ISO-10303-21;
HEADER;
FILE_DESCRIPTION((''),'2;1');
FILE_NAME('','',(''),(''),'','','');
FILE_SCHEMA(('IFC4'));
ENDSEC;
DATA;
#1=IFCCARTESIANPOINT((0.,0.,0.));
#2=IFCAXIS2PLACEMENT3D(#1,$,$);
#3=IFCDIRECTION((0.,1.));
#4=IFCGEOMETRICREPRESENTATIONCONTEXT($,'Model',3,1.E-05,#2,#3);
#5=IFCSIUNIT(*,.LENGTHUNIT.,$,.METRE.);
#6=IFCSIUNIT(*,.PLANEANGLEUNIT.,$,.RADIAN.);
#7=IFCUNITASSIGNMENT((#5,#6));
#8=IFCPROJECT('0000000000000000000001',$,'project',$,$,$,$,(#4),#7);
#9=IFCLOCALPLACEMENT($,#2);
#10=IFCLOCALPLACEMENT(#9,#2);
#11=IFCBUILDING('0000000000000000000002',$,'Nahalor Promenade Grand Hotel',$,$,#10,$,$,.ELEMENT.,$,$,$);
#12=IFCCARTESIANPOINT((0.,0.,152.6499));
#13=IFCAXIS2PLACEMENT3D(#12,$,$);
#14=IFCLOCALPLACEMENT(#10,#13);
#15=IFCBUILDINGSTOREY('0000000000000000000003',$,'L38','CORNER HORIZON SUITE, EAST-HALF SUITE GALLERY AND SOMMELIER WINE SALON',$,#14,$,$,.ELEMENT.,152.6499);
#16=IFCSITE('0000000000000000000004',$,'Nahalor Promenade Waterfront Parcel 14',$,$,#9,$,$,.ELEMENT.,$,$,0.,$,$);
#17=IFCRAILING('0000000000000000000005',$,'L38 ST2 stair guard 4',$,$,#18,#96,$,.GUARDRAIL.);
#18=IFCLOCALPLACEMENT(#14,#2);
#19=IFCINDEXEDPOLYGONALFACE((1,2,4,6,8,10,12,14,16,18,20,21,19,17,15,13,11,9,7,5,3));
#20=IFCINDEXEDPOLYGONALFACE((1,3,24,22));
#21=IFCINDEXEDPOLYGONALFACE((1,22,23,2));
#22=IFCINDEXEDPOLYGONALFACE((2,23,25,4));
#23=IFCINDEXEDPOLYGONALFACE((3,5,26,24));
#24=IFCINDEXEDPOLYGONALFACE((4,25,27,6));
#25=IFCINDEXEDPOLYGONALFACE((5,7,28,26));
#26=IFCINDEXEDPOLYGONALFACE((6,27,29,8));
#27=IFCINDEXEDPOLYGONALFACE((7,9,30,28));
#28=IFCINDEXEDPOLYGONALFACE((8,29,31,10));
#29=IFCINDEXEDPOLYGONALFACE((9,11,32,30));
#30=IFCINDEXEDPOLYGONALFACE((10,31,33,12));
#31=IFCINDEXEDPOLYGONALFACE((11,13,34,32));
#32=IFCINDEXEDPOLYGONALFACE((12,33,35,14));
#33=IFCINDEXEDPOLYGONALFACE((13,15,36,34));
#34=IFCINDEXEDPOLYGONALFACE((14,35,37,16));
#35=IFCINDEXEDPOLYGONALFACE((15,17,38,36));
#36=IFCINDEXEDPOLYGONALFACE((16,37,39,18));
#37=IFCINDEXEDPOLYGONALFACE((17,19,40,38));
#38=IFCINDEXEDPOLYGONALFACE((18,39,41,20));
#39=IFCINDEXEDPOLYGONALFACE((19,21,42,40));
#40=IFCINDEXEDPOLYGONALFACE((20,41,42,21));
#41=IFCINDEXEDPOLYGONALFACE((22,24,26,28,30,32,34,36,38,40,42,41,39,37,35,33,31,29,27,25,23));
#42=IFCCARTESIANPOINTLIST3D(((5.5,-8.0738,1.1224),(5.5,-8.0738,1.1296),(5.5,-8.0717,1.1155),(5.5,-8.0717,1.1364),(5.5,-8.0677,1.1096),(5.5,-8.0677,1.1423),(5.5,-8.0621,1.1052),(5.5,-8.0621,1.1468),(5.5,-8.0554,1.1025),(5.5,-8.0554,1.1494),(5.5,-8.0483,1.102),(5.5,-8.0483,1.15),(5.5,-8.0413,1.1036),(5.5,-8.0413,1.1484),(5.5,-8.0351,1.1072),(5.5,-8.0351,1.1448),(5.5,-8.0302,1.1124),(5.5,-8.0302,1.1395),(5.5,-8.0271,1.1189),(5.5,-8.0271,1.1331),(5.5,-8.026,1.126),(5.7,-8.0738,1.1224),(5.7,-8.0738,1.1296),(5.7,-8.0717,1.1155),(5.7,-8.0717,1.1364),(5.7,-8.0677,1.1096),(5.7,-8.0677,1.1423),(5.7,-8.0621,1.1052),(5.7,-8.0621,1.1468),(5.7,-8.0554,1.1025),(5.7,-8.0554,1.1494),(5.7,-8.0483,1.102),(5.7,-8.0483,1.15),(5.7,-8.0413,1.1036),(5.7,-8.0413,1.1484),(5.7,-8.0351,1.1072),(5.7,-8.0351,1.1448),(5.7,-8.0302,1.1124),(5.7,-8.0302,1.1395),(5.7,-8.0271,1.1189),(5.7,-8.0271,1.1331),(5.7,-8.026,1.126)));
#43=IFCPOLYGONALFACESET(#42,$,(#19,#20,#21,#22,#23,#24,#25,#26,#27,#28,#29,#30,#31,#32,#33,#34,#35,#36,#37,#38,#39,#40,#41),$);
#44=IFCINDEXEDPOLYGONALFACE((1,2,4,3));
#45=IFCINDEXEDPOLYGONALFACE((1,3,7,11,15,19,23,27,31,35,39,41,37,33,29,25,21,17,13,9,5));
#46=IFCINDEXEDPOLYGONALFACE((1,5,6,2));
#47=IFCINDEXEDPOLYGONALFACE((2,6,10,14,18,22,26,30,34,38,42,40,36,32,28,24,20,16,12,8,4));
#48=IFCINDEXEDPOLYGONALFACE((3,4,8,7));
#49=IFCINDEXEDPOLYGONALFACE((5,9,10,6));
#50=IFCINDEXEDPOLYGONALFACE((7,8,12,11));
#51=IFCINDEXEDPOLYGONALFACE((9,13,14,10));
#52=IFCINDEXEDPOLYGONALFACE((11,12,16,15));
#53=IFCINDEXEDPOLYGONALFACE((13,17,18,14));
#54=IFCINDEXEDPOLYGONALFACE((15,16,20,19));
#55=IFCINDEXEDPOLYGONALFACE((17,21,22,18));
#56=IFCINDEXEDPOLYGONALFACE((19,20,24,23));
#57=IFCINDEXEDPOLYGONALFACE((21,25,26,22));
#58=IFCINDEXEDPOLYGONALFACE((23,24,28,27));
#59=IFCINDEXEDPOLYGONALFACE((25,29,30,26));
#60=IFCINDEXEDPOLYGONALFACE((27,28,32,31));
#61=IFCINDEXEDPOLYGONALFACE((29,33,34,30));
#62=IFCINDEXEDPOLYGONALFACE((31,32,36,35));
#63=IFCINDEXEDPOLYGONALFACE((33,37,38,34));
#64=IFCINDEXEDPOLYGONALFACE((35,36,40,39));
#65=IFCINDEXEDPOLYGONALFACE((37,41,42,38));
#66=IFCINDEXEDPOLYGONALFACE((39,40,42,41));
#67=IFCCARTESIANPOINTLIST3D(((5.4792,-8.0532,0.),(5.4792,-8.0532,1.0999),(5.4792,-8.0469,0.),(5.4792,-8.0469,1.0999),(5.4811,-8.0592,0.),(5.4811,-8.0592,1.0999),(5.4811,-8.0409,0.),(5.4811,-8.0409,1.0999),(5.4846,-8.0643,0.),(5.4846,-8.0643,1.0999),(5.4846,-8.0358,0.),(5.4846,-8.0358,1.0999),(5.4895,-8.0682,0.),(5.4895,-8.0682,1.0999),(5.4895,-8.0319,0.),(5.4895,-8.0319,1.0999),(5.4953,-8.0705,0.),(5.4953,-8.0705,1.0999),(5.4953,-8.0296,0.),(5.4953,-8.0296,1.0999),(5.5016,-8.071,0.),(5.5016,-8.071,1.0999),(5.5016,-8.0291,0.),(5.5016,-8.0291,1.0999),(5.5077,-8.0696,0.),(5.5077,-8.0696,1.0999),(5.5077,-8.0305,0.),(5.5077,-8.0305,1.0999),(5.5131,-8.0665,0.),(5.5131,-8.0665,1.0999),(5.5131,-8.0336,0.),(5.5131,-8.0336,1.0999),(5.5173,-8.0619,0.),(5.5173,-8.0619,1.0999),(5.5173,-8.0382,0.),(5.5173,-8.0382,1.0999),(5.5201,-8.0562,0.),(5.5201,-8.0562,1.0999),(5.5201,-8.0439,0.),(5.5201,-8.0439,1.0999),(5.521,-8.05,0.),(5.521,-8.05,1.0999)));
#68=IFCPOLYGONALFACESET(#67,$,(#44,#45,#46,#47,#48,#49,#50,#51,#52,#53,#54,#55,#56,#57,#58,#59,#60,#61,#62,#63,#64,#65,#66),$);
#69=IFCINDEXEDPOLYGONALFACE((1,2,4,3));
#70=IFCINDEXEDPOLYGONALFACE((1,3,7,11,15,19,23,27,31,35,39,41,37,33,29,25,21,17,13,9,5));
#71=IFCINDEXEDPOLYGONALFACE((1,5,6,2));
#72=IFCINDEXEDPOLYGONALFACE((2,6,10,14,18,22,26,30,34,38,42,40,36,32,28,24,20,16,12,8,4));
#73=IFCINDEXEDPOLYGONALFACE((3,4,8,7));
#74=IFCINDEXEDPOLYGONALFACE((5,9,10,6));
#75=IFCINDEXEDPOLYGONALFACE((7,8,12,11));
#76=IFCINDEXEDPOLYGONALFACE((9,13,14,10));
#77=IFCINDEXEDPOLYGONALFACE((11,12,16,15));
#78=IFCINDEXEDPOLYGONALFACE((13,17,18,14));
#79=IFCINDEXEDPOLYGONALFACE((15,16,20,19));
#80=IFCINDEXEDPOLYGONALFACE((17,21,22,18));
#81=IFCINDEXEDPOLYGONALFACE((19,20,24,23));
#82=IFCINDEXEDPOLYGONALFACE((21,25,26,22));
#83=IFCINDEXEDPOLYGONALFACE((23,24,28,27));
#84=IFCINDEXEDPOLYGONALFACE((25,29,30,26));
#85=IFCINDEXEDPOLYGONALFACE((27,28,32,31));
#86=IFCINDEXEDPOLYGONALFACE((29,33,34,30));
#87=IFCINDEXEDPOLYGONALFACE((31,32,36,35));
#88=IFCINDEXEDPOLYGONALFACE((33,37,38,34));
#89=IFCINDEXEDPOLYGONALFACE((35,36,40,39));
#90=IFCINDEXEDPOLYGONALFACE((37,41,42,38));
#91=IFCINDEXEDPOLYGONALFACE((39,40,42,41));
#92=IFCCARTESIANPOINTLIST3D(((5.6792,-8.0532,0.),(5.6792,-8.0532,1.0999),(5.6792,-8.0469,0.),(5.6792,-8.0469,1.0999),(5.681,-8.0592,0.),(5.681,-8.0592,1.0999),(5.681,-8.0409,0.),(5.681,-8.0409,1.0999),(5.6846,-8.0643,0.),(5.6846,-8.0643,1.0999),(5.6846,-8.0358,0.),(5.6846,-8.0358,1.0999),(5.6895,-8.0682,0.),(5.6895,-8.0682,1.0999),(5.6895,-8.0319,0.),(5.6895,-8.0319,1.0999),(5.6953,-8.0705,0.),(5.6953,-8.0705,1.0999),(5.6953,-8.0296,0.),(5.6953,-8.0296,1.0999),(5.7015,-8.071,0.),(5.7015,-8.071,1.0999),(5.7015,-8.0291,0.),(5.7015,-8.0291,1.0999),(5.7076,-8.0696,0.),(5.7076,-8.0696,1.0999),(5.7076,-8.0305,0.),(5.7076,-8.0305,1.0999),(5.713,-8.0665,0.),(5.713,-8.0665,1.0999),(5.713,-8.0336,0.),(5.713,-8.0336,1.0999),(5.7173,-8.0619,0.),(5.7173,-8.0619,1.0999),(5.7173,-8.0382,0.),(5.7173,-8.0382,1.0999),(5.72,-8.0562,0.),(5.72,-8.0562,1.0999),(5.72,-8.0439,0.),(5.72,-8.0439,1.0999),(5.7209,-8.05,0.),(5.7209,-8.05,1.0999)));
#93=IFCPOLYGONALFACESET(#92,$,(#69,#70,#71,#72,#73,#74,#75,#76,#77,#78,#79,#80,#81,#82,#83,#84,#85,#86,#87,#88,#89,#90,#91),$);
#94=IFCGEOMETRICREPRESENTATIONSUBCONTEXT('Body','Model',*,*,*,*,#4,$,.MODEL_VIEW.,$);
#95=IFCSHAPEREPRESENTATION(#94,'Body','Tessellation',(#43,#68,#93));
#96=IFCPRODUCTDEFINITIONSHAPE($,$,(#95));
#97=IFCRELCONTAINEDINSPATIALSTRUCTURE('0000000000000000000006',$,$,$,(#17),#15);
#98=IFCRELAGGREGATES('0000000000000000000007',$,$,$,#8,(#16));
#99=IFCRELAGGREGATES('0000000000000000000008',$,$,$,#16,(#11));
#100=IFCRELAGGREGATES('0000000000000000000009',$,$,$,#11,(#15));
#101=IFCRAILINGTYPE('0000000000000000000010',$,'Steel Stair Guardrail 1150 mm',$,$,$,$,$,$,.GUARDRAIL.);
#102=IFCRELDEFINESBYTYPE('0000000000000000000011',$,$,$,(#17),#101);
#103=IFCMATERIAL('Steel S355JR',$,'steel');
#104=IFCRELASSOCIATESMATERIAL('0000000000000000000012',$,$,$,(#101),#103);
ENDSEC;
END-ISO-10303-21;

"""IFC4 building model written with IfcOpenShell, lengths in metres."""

from ifc_helpers import new_model, si_unit, direction, frame, origin, origin_2d, place, context, subcontext, project, spatial, circle, extrude, material, type_object, element, save


model = new_model("IFC4")

# Units and contexts
model_context = context("Model", 3, precision=1e-05, world=origin(), true_north=direction((0.0, 1.0)))
body_context = subcontext(model_context, "Body", "Model", "MODEL_VIEW")
ifc_project = project(units=[si_unit("LENGTHUNIT", "METRE"), si_unit("PLANEANGLEUNIT", "RADIAN")], contexts=[model_context])

# Site, building, storey
site_placement = place(None, origin())
site = spatial("IfcSite", under=ifc_project, at=site_placement, Name="Nahalor Promenade Waterfront Parcel 14", CompositionType="ELEMENT", RefElevation=0.0)
building_placement = place(site_placement, origin())
building = spatial("IfcBuilding", under=site, at=building_placement, Name="Nahalor Promenade Grand Hotel", CompositionType="ELEMENT")
storey_placement = place(building_placement, frame((0.0, 0.0, 152.6499)))
storey = spatial("IfcBuildingStorey", under=building, at=storey_placement, Name="L38", Description="CORNER HORIZON SUITE, EAST-HALF SUITE GALLERY AND SOMMELIER WINE SALON", CompositionType="ELEMENT", Elevation=152.6499)

# Shared definitions
ifc_material_1 = material(Name="Steel S355JR", Category="steel")

# Railing
railing_type_1 = type_object("IfcRailingType", Name="Steel Stair Guardrail 1150 mm", PredefinedType="GUARDRAIL", material=ifc_material_1)
railing_1_placement = place(storey_placement, frame((5.5, -8.05, 0.0)))
element("IfcRailing", 1, at=railing_1_placement, inside=storey, type_object=railing_type_1, Name="L38 ST2 stair guard 4", PredefinedType="GUARDRAIL", context=body_context, shape_type="SweptSolid", body=[
    extrude(circle(Radius=0.024, at=origin_2d()), frame((0.0, 0.0, 1.126), z_axis=(1.0, 0.0, 0.0), x_axis=(0.0, 1.0, 0.0)), (0.0, 0.0, 1.0), 0.2),
    extrude(circle(Radius=0.021, at=origin_2d()), origin(), (0.0, 0.0, 1.0), 1.0999),
    extrude(circle(Radius=0.021, at=origin_2d()), frame((0.2, 0.0, 0.0)), (0.0, 0.0, 1.0), 1.0999),
])

save(model, "model.ifc")
